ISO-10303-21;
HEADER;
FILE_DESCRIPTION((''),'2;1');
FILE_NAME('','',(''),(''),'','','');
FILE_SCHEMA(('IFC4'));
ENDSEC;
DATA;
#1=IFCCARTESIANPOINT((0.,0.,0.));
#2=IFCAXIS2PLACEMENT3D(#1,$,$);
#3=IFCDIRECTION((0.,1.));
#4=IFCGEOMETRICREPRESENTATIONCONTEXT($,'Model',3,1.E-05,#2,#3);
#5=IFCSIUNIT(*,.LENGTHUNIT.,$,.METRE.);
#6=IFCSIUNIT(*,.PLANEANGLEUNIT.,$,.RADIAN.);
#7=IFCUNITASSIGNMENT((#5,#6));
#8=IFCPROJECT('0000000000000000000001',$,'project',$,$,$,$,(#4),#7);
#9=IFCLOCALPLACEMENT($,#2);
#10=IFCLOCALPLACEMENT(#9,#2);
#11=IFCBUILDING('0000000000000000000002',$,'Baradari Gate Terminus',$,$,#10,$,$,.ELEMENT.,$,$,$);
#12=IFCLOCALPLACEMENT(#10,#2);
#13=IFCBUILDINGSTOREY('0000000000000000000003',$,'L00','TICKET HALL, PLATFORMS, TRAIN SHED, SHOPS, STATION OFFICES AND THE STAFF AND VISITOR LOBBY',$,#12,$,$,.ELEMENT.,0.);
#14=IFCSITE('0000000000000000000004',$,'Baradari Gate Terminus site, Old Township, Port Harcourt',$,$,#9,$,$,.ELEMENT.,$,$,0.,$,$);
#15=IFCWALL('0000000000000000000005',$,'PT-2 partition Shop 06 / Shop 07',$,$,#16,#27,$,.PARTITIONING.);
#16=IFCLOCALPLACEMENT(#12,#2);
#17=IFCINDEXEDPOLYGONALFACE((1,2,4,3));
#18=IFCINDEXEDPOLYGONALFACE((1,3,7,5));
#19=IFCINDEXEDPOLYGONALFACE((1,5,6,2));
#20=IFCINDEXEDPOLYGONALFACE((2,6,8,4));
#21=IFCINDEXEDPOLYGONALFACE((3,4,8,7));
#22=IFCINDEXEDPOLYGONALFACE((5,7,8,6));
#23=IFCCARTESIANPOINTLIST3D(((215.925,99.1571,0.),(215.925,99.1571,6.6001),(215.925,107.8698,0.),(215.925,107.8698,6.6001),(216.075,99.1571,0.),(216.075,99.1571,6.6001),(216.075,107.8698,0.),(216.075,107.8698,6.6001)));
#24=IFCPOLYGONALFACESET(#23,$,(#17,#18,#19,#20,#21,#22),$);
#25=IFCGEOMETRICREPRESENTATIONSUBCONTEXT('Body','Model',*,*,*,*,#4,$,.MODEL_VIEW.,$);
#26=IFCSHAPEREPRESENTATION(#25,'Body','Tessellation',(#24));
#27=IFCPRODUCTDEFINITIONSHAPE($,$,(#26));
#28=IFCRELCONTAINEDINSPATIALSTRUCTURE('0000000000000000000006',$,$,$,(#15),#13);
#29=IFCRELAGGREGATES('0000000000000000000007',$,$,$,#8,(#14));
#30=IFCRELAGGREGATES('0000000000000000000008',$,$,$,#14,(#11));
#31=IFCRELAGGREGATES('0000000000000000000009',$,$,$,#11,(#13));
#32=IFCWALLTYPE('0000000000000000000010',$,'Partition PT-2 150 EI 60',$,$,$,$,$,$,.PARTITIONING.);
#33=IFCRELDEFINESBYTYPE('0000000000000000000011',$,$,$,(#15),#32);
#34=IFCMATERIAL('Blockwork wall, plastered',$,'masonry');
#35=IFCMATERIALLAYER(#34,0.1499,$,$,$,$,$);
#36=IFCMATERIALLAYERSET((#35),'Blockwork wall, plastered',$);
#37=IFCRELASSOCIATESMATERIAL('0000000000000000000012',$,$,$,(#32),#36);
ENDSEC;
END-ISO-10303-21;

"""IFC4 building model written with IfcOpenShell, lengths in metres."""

from ifc_helpers import new_model, si_unit, direction, frame, frame_2d, origin, place, context, subcontext, project, spatial, rectangle, extrude, material, layer, layer_set, type_object, element, save


model = new_model("IFC4")

# Units and contexts
model_context = context("Model", 3, precision=1e-05, world=origin(), true_north=direction((0.0, 1.0)))
body_context = subcontext(model_context, "Body", "Model", "MODEL_VIEW")
ifc_project = project(units=[si_unit("LENGTHUNIT", "METRE"), si_unit("PLANEANGLEUNIT", "RADIAN")], contexts=[model_context])

# Site, building, storey
site_placement = place(None, origin())
site = spatial("IfcSite", under=ifc_project, at=site_placement, Name="Baradari Gate Terminus site, Old Township, Port Harcourt", CompositionType="ELEMENT", RefElevation=0.0)
building_placement = place(site_placement, origin())
building = spatial("IfcBuilding", under=site, at=building_placement, Name="Baradari Gate Terminus", CompositionType="ELEMENT")
storey_placement = place(building_placement, origin())
storey = spatial("IfcBuildingStorey", under=building, at=storey_placement, Name="L00", Description="TICKET HALL, PLATFORMS, TRAIN SHED, SHOPS, STATION OFFICES AND THE STAFF AND VISITOR LOBBY", CompositionType="ELEMENT", Elevation=0.0)

# Wall
ifc_material_1 = material(Name="Blockwork wall, plastered", Category="masonry")
ifc_layer_1 = layer(ifc_material_1, 0.1499)
ifc_layer_set_1 = layer_set([ifc_layer_1], Name="Blockwork wall, plastered")
wall_type_1 = type_object("IfcWallType", Name="Partition PT-2 150 EI 60", PredefinedType="PARTITIONING", material=ifc_layer_set_1)
wall_1_placement = place(storey_placement, frame((216.0, 107.8699, 0.0), z_axis=(0.0, 0.0, 1.0), x_axis=(0.0, -1.0, 0.0)))
element("IfcWall", 1, at=wall_1_placement, inside=storey, type_object=wall_type_1, Name="PT-2 partition Shop 06 / Shop 07", PredefinedType="PARTITIONING", context=body_context, shape_type="SweptSolid", body=[
    extrude(rectangle(XDim=8.7126, YDim=0.1499, at=frame_2d((4.3564, 0.0))), origin(), (0.0, 0.0, 1.0), 6.6001),
])

save(model, "model.ifc")
